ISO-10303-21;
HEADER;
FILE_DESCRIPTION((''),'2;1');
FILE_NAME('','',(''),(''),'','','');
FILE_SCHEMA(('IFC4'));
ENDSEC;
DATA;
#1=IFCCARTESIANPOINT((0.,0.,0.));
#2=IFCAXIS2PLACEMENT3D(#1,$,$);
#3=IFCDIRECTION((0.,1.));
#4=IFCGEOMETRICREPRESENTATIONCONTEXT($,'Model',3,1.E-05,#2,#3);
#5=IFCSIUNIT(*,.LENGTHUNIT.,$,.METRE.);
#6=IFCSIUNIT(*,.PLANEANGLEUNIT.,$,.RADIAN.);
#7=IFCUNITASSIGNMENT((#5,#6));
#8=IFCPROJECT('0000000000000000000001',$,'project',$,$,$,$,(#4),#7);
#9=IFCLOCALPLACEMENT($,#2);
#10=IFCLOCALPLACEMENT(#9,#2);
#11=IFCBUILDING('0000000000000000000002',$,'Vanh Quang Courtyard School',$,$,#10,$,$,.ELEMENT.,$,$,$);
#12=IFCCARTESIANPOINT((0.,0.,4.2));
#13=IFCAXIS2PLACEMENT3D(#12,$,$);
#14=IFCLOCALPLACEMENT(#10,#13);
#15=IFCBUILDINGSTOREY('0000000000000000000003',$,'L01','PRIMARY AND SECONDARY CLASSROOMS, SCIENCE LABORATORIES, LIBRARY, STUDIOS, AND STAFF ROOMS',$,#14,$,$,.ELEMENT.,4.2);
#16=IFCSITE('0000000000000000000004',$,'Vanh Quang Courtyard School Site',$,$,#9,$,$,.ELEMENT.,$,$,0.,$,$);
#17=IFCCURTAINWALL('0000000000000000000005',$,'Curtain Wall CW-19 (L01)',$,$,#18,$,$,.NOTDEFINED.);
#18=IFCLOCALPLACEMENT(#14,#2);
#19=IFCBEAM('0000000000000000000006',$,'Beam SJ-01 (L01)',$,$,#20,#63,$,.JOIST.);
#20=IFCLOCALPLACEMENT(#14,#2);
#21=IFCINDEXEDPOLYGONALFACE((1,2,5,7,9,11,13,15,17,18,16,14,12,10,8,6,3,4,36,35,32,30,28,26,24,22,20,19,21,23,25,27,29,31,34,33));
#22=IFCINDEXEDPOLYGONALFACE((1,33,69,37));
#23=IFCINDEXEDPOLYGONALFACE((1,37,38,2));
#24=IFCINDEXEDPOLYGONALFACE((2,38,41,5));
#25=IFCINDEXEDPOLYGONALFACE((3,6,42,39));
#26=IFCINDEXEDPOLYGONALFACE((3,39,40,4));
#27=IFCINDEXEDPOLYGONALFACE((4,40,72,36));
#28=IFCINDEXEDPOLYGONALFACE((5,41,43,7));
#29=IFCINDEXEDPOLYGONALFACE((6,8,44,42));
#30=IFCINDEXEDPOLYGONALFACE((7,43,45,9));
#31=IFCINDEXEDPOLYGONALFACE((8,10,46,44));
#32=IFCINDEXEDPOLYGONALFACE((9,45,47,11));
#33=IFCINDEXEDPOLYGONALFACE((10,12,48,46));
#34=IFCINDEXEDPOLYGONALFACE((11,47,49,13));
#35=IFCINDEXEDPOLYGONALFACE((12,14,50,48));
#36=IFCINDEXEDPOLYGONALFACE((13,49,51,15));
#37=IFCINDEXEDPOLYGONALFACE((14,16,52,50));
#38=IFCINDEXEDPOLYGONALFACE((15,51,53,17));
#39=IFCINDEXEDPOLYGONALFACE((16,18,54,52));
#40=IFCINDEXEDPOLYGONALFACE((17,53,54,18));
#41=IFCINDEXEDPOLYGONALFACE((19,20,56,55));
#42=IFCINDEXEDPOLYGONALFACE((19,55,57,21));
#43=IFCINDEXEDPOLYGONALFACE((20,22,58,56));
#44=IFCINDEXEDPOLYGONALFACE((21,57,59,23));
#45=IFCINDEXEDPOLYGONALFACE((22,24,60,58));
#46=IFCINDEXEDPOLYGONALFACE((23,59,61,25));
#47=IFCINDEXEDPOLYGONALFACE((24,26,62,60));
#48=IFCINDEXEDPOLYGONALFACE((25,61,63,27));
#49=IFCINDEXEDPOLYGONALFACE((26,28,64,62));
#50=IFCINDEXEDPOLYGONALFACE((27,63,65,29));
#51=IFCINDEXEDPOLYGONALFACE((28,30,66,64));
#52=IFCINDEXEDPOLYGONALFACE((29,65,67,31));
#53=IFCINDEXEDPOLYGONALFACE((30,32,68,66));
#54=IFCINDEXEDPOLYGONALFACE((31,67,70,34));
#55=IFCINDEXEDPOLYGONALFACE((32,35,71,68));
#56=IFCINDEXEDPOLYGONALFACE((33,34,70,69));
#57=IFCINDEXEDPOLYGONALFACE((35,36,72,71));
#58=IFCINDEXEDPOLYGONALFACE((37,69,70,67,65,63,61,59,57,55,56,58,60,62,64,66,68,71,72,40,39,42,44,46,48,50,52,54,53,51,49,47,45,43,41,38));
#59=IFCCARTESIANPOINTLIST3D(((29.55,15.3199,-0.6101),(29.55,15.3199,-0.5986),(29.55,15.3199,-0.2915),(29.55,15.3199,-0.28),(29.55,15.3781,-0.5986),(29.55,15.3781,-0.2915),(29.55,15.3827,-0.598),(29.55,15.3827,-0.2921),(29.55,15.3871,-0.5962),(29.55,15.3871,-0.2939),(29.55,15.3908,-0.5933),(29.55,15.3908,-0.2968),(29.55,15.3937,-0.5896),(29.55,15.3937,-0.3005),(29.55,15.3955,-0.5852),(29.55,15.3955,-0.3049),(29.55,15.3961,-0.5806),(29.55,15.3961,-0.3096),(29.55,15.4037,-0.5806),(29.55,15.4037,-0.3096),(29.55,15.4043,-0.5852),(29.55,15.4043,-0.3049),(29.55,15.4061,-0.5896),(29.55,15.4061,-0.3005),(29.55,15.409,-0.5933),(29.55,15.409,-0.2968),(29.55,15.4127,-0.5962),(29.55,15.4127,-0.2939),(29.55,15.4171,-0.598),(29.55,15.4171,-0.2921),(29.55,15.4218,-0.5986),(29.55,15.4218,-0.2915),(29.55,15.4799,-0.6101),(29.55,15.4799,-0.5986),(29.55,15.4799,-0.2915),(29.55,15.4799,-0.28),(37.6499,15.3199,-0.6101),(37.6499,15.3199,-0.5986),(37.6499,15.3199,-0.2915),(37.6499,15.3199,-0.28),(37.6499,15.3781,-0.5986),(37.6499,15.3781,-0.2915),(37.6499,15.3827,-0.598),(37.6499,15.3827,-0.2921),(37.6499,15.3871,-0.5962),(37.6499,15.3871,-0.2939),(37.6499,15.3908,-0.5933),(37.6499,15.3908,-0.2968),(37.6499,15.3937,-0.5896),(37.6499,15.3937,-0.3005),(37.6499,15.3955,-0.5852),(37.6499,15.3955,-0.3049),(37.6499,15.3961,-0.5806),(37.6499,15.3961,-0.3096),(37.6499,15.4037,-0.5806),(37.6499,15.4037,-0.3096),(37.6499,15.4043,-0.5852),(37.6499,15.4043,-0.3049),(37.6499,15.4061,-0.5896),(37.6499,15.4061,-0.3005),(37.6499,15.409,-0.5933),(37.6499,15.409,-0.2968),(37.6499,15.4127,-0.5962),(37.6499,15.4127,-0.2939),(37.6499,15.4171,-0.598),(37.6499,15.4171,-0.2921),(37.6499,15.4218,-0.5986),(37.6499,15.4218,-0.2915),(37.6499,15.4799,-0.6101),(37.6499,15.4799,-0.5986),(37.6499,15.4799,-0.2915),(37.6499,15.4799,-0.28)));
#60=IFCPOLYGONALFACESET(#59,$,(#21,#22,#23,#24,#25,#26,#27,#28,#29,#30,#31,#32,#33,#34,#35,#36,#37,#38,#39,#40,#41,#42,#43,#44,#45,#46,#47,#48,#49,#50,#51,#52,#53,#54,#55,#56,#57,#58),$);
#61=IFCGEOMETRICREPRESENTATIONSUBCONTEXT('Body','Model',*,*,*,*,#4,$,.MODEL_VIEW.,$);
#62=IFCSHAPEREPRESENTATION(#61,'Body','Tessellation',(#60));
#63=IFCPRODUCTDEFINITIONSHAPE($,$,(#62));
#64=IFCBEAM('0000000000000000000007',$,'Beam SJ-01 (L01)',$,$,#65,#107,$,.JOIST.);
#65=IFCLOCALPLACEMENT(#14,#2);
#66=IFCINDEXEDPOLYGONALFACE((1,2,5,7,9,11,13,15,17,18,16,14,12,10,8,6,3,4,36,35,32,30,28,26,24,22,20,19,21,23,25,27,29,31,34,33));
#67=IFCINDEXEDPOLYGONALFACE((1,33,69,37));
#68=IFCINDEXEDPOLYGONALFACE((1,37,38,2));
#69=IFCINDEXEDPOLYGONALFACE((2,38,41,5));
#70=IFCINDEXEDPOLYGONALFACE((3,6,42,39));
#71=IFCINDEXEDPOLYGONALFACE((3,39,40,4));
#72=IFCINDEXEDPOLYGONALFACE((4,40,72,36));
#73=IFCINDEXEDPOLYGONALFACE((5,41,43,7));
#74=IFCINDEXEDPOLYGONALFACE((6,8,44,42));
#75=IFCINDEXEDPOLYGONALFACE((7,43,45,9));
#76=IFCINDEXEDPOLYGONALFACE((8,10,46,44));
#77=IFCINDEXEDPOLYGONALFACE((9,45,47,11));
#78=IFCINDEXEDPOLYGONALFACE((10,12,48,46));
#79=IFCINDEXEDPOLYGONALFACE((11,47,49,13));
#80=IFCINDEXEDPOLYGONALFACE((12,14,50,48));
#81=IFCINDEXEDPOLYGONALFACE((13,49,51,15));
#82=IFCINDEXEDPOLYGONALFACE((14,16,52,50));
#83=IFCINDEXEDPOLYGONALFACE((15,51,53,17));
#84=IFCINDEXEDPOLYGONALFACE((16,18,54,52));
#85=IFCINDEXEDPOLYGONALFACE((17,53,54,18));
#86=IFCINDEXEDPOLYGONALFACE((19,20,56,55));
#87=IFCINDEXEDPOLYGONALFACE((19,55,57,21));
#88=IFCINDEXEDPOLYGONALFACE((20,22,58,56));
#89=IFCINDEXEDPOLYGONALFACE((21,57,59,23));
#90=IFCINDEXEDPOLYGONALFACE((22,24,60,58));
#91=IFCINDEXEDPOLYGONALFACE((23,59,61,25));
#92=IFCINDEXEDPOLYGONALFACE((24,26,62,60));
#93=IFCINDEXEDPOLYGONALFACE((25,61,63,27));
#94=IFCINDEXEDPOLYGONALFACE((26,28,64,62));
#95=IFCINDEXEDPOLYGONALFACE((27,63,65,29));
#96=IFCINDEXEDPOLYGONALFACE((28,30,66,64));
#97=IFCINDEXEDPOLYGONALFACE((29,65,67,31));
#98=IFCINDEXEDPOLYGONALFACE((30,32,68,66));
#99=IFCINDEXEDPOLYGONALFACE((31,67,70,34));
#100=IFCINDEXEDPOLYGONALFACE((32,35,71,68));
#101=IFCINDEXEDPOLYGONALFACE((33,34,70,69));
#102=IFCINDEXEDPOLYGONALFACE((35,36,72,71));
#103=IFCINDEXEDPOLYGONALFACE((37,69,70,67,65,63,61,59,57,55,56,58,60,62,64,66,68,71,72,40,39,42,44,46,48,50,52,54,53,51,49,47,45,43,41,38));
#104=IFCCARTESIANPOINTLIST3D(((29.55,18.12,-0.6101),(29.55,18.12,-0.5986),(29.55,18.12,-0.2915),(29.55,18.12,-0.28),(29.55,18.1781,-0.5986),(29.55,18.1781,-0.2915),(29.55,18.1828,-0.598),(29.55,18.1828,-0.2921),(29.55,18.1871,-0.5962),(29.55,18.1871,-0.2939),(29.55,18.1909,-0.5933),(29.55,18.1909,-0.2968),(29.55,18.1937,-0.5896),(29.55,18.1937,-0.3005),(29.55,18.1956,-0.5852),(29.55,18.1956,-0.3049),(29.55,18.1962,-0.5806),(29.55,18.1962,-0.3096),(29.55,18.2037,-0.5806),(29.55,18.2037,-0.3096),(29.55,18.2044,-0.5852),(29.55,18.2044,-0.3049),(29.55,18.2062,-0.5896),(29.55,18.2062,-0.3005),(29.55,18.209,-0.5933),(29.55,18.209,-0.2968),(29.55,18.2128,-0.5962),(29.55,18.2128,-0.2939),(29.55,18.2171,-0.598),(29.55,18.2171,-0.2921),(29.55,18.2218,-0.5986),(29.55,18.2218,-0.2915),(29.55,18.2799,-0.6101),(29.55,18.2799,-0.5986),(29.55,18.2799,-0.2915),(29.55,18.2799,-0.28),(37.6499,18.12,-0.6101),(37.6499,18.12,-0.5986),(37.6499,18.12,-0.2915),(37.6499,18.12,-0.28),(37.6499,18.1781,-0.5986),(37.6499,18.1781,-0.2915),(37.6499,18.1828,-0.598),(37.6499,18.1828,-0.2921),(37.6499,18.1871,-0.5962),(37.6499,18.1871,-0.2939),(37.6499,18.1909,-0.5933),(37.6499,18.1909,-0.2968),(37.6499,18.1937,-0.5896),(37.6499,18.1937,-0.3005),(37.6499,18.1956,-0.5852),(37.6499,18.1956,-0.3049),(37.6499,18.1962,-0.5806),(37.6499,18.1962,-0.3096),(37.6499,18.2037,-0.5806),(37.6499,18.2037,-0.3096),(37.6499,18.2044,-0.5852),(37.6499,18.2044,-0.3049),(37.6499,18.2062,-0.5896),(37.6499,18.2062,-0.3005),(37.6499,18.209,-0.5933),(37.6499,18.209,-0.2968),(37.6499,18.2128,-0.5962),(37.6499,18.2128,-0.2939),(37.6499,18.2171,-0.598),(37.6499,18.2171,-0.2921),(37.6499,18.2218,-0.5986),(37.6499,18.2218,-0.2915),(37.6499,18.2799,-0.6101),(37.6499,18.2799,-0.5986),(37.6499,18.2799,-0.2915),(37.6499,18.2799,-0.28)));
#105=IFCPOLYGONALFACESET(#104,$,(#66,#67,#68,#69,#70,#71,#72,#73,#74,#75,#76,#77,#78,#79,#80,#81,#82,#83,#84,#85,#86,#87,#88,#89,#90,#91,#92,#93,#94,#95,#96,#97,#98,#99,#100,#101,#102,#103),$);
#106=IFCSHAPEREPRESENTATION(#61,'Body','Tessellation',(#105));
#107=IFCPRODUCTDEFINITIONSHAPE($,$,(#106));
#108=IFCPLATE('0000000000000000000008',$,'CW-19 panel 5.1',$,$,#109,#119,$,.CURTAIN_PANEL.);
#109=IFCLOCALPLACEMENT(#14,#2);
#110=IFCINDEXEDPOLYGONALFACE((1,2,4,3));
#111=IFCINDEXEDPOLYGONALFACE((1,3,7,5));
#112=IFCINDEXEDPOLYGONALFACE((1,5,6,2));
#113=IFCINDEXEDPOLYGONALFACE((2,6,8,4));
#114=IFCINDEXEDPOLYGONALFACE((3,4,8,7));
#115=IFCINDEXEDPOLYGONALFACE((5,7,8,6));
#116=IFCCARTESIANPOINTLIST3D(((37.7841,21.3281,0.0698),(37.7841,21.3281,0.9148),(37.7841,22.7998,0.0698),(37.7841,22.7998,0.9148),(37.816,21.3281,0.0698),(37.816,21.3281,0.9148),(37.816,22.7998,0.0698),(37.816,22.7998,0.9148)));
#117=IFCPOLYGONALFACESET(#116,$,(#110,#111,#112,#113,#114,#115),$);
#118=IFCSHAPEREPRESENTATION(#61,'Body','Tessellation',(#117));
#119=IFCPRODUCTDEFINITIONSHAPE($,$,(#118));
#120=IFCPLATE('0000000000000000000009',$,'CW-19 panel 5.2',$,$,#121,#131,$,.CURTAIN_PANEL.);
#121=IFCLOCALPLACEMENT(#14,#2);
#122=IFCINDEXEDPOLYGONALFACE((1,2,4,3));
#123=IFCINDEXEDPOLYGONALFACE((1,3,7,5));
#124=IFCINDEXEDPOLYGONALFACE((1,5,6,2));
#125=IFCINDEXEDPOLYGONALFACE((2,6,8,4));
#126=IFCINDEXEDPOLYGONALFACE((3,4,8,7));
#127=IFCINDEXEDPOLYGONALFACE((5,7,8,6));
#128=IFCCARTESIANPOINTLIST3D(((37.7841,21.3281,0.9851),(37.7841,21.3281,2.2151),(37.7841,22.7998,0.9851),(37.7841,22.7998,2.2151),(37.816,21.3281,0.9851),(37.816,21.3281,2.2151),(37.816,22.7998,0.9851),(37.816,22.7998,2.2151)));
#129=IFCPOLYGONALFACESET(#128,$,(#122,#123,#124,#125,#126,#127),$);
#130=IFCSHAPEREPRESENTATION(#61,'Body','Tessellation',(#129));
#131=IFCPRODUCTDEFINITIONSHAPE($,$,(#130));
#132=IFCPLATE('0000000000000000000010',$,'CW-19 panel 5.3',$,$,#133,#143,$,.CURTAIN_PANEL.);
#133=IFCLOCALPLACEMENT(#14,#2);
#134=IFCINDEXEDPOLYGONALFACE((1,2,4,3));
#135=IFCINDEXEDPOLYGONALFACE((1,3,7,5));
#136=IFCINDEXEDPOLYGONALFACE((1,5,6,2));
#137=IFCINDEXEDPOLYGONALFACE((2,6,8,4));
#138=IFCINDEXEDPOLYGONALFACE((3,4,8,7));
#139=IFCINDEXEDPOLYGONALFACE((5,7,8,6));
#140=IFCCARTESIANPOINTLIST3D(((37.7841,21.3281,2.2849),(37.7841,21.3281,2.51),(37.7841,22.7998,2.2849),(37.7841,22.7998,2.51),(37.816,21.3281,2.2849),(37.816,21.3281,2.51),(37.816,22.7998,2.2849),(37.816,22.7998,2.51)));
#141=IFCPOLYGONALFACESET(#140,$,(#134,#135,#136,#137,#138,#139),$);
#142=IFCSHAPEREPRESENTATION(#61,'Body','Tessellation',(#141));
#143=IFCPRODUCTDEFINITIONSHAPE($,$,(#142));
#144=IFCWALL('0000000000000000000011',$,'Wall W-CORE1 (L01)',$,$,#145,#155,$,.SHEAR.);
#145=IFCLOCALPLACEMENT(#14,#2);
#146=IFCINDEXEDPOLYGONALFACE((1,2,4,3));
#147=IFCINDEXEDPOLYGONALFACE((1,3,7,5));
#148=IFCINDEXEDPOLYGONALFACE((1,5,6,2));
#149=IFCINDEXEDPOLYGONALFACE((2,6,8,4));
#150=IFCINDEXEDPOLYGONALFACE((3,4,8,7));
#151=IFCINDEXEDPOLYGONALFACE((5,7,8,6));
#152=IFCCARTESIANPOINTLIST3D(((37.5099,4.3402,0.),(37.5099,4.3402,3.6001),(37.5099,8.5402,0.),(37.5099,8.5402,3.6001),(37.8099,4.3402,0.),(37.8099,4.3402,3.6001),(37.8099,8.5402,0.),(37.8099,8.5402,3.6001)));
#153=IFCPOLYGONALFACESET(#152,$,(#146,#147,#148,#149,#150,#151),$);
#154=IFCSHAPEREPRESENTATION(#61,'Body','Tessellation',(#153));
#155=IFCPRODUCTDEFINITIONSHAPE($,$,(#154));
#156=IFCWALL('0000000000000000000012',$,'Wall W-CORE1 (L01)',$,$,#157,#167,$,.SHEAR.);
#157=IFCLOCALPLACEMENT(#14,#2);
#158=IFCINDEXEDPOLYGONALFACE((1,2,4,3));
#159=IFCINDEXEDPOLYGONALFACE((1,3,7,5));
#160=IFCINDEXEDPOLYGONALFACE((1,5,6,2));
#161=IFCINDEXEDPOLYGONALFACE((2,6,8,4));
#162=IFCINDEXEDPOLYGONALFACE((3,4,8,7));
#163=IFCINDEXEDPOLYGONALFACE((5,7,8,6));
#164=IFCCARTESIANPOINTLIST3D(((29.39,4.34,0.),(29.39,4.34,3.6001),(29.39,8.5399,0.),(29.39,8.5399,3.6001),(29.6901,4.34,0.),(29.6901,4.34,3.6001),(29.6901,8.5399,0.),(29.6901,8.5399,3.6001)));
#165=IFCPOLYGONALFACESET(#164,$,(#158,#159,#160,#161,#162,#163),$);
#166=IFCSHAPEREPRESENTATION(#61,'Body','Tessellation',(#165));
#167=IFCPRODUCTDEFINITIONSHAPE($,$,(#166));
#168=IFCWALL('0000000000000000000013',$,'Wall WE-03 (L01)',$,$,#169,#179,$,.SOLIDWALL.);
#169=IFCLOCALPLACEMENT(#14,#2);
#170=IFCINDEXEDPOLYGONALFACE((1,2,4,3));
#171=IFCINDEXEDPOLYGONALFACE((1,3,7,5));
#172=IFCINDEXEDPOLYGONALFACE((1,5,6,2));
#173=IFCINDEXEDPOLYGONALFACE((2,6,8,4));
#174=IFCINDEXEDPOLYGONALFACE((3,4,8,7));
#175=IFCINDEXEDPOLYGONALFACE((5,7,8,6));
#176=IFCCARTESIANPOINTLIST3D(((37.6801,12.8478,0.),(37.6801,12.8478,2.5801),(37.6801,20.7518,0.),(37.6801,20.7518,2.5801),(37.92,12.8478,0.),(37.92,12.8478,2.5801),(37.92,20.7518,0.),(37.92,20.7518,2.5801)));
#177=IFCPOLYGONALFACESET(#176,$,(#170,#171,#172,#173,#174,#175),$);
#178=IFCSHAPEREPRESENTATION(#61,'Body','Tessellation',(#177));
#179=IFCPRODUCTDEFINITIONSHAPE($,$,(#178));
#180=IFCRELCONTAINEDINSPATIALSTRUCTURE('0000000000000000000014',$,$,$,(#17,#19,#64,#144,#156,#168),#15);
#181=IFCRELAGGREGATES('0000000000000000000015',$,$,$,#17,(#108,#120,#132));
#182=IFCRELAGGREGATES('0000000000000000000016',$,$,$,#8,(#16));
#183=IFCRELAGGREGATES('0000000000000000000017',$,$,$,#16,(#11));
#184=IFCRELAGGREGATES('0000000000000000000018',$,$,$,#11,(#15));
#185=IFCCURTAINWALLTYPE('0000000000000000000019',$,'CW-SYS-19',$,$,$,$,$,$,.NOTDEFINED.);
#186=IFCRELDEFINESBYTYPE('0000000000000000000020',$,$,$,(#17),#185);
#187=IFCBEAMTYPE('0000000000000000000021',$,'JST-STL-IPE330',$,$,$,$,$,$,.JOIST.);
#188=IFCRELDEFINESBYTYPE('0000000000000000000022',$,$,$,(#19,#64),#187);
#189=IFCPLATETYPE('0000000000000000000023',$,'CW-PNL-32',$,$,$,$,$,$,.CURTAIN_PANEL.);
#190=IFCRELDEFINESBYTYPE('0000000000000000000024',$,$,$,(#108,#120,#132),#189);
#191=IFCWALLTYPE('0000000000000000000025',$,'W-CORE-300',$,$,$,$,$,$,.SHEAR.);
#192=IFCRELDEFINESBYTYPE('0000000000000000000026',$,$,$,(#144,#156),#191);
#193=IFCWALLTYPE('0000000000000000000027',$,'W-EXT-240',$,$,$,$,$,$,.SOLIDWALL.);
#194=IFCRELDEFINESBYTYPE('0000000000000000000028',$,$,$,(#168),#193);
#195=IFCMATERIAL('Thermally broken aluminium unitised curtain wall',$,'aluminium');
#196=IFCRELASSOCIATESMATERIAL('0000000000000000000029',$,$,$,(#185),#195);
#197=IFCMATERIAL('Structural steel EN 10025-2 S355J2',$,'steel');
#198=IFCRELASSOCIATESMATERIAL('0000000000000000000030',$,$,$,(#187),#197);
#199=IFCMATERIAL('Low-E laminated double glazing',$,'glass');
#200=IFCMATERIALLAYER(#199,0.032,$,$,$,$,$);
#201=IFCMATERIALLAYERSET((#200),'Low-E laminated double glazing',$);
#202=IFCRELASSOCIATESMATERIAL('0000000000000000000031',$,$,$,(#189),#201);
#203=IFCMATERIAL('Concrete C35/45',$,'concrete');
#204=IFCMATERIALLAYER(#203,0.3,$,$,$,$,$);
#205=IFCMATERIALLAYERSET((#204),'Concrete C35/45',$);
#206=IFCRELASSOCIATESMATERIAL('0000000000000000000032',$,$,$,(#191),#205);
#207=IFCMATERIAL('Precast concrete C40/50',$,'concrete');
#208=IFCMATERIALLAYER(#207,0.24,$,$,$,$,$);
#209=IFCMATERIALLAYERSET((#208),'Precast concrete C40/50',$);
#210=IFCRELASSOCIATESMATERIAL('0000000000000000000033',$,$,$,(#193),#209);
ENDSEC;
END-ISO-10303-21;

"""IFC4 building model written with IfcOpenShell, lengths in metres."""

from ifc_helpers import new_model, si_unit, direction, frame, frame_2d, origin, origin_2d, place, context, subcontext, project, spatial, rectangle, i_section, extrude, material, layer, layer_set, material_profile, profile_set, type_object, element, aggregate, save


model = new_model("IFC4")

# Units and contexts
model_context = context("Model", 3, precision=1e-05, world=origin(), true_north=direction((0.0, 1.0)))
body_context = subcontext(model_context, "Body", "Model", "MODEL_VIEW")
ifc_project = project(units=[si_unit("LENGTHUNIT", "METRE"), si_unit("PLANEANGLEUNIT", "RADIAN")], contexts=[model_context])

# Site, building, storey
site_placement = place(None, origin())
site = spatial("IfcSite", under=ifc_project, at=site_placement, Name="Vanh Quang Courtyard School Site", CompositionType="ELEMENT", RefElevation=0.0)
building_placement = place(site_placement, origin())
building = spatial("IfcBuilding", under=site, at=building_placement, Name="Vanh Quang Courtyard School", CompositionType="ELEMENT")
storey_placement = place(building_placement, frame((0.0, 0.0, 4.2)))
storey = spatial("IfcBuildingStorey", under=building, at=storey_placement, Name="L01", Description="PRIMARY AND SECONDARY CLASSROOMS, SCIENCE LABORATORIES, LIBRARY, STUDIOS, AND STAFF ROOMS", CompositionType="ELEMENT", Elevation=4.2)

# Shared definitions
ifc_material_1 = material(Name="Concrete C35/45", Category="concrete")

# Curtain wall
ifc_material_2 = material(Name="Thermally broken aluminium unitised curtain wall", Category="aluminium")
curtain_wall_type = type_object("IfcCurtainWallType", Name="CW-SYS-19", PredefinedType="NOTDEFINED", material=ifc_material_2)
curtain_wall_placement = place(storey_placement, origin())
curtain_wall = element("IfcCurtainWall", 1, at=curtain_wall_placement, inside=storey, type_object=curtain_wall_type, Name="Curtain Wall CW-19 (L01)", PredefinedType="NOTDEFINED")

# Beams
ifc_material_3 = material(Name="Structural steel EN 10025-2 S355J2", Category="steel")
ifc_material_profile_1 = material_profile(ifc_material_3, i_section(OverallWidth=0.1599, OverallDepth=0.3301, WebThickness=0.0076, FlangeThickness=0.0115, FilletRadius=0.0181, at=origin_2d()), Name="IPE 330")
ifc_profile_set_1 = profile_set([ifc_material_profile_1], Name="Structural steel EN 10025-2 S355J2")
beam_type_1 = type_object("IfcBeamType", Name="JST-STL-IPE330", PredefinedType="JOIST", material=ifc_profile_set_1)
for number, where, z_axis, x_axis, name in (
    (2, (29.55, 15.3999, -0.4451), (1.0, 0.0, 0.0), (0.0, 1.0, 0.0), "Beam SJ-01 (L01)"),
    (3, (29.55, 18.2, -0.4451), (1.0, 0.0, 0.0), (0.0, 1.0, 0.0), "Beam SJ-01 (L01)"),
):
    element("IfcBeam", number, at=place(storey_placement, frame(where, z_axis=z_axis, x_axis=x_axis)), inside=storey, type_object=beam_type_1, Name=name, PredefinedType="JOIST", context=body_context, shape_type="SweptSolid", body=[
        extrude(i_section(OverallWidth=0.1599, OverallDepth=0.3301, WebThickness=0.0076, FlangeThickness=0.0115, FilletRadius=0.0181, at=origin_2d()), origin(), (0.0, 0.0, 1.0), 8.0999),
    ])

# Plates
ifc_material_4 = material(Name="Low-E laminated double glazing", Category="glass")
ifc_layer_1 = layer(ifc_material_4, 0.032)
ifc_layer_set_1 = layer_set([ifc_layer_1], Name="Low-E laminated double glazing")
plate_type = type_object("IfcPlateType", Name="CW-PNL-32", PredefinedType="CURTAIN_PANEL", material=ifc_layer_set_1)
plate_1_placement = place(storey_placement, frame((37.8, 22.064, 0.0698), z_axis=(0.0, 0.0, 1.0), x_axis=(0.0, -1.0, 0.0)))
plate_1 = element("IfcPlate", 4, at=plate_1_placement, type_object=plate_type, Name="CW-19 panel 5.1", PredefinedType="CURTAIN_PANEL", context=body_context, shape_type="SweptSolid", body=[
    extrude(rectangle(XDim=1.4717, YDim=0.032, at=origin_2d()), origin(), (0.0, 0.0, 1.0), 0.845),
])
plate_2_placement = place(storey_placement, frame((37.8, 22.064, 0.9851), z_axis=(0.0, 0.0, 1.0), x_axis=(0.0, -1.0, 0.0)))
plate_2 = element("IfcPlate", 5, at=plate_2_placement, type_object=plate_type, Name="CW-19 panel 5.2", PredefinedType="CURTAIN_PANEL", context=body_context, shape_type="SweptSolid", body=[
    extrude(rectangle(XDim=1.4717, YDim=0.032, at=origin_2d()), origin(), (0.0, 0.0, 1.0), 1.23),
])
plate_3_placement = place(storey_placement, frame((37.8, 22.064, 2.2849), z_axis=(0.0, 0.0, 1.0), x_axis=(0.0, -1.0, 0.0)))
plate_3 = element("IfcPlate", 6, at=plate_3_placement, type_object=plate_type, Name="CW-19 panel 5.3", PredefinedType="CURTAIN_PANEL", context=body_context, shape_type="SweptSolid", body=[
    extrude(rectangle(XDim=1.4717, YDim=0.032, at=origin_2d()), origin(), (0.0, 0.0, 1.0), 0.2251),
])
aggregate(curtain_wall, [plate_1, plate_2, plate_3])

# Wall
ifc_layer_2 = layer(ifc_material_1, 0.3)
ifc_layer_set_2 = layer_set([ifc_layer_2], Name="Concrete C35/45")
wall_type_1 = type_object("IfcWallType", Name="W-CORE-300", PredefinedType="SHEAR", material=ifc_layer_set_2)
wall_1_placement = place(storey_placement, frame((37.6599, 4.3401, 0.0), z_axis=(0.0, 0.0, 1.0), x_axis=(0.0, 1.0, 0.0)))
element("IfcWall", 7, at=wall_1_placement, inside=storey, type_object=wall_type_1, Name="Wall W-CORE1 (L01)", PredefinedType="SHEAR", context=body_context, shape_type="SweptSolid", body=[
    extrude(rectangle(XDim=4.2, YDim=0.3, at=frame_2d((2.1001, 0.0))), origin(), (0.0, 0.0, 1.0), 3.6001),
])

# Walls
wall_2_placement = place(storey_placement, frame((29.54, 8.54, 0.0), z_axis=(0.0, 0.0, 1.0), x_axis=(0.0, -1.0, 0.0)))
element("IfcWall", 8, at=wall_2_placement, inside=storey, type_object=wall_type_1, Name="Wall W-CORE1 (L01)", PredefinedType="SHEAR", context=body_context, shape_type="SweptSolid", body=[
    extrude(rectangle(XDim=4.2, YDim=0.3, at=frame_2d((2.1001, 0.0))), origin(), (0.0, 0.0, 1.0), 3.6001),
])
ifc_material_5 = material(Name="Precast concrete C40/50", Category="concrete")
ifc_layer_3 = layer(ifc_material_5, 0.24)
ifc_layer_set_3 = layer_set([ifc_layer_3], Name="Precast concrete C40/50")
wall_type_2 = type_object("IfcWallType", Name="W-EXT-240", PredefinedType="SOLIDWALL", material=ifc_layer_set_3)
wall_3_placement = place(storey_placement, frame((37.8, 20.752, 0.0), z_axis=(0.0, 0.0, 1.0), x_axis=(0.0, -1.0, 0.0)))
element("IfcWall", 9, at=wall_3_placement, inside=storey, type_object=wall_type_2, Name="Wall WE-03 (L01)", PredefinedType="SOLIDWALL", context=body_context, shape_type="SweptSolid", body=[
    extrude(rectangle(XDim=7.9041, YDim=0.24, at=frame_2d((3.9521, 0.0))), origin(), (0.0, 0.0, 1.0), 2.5801),
])

save(model, "model.ifc")
